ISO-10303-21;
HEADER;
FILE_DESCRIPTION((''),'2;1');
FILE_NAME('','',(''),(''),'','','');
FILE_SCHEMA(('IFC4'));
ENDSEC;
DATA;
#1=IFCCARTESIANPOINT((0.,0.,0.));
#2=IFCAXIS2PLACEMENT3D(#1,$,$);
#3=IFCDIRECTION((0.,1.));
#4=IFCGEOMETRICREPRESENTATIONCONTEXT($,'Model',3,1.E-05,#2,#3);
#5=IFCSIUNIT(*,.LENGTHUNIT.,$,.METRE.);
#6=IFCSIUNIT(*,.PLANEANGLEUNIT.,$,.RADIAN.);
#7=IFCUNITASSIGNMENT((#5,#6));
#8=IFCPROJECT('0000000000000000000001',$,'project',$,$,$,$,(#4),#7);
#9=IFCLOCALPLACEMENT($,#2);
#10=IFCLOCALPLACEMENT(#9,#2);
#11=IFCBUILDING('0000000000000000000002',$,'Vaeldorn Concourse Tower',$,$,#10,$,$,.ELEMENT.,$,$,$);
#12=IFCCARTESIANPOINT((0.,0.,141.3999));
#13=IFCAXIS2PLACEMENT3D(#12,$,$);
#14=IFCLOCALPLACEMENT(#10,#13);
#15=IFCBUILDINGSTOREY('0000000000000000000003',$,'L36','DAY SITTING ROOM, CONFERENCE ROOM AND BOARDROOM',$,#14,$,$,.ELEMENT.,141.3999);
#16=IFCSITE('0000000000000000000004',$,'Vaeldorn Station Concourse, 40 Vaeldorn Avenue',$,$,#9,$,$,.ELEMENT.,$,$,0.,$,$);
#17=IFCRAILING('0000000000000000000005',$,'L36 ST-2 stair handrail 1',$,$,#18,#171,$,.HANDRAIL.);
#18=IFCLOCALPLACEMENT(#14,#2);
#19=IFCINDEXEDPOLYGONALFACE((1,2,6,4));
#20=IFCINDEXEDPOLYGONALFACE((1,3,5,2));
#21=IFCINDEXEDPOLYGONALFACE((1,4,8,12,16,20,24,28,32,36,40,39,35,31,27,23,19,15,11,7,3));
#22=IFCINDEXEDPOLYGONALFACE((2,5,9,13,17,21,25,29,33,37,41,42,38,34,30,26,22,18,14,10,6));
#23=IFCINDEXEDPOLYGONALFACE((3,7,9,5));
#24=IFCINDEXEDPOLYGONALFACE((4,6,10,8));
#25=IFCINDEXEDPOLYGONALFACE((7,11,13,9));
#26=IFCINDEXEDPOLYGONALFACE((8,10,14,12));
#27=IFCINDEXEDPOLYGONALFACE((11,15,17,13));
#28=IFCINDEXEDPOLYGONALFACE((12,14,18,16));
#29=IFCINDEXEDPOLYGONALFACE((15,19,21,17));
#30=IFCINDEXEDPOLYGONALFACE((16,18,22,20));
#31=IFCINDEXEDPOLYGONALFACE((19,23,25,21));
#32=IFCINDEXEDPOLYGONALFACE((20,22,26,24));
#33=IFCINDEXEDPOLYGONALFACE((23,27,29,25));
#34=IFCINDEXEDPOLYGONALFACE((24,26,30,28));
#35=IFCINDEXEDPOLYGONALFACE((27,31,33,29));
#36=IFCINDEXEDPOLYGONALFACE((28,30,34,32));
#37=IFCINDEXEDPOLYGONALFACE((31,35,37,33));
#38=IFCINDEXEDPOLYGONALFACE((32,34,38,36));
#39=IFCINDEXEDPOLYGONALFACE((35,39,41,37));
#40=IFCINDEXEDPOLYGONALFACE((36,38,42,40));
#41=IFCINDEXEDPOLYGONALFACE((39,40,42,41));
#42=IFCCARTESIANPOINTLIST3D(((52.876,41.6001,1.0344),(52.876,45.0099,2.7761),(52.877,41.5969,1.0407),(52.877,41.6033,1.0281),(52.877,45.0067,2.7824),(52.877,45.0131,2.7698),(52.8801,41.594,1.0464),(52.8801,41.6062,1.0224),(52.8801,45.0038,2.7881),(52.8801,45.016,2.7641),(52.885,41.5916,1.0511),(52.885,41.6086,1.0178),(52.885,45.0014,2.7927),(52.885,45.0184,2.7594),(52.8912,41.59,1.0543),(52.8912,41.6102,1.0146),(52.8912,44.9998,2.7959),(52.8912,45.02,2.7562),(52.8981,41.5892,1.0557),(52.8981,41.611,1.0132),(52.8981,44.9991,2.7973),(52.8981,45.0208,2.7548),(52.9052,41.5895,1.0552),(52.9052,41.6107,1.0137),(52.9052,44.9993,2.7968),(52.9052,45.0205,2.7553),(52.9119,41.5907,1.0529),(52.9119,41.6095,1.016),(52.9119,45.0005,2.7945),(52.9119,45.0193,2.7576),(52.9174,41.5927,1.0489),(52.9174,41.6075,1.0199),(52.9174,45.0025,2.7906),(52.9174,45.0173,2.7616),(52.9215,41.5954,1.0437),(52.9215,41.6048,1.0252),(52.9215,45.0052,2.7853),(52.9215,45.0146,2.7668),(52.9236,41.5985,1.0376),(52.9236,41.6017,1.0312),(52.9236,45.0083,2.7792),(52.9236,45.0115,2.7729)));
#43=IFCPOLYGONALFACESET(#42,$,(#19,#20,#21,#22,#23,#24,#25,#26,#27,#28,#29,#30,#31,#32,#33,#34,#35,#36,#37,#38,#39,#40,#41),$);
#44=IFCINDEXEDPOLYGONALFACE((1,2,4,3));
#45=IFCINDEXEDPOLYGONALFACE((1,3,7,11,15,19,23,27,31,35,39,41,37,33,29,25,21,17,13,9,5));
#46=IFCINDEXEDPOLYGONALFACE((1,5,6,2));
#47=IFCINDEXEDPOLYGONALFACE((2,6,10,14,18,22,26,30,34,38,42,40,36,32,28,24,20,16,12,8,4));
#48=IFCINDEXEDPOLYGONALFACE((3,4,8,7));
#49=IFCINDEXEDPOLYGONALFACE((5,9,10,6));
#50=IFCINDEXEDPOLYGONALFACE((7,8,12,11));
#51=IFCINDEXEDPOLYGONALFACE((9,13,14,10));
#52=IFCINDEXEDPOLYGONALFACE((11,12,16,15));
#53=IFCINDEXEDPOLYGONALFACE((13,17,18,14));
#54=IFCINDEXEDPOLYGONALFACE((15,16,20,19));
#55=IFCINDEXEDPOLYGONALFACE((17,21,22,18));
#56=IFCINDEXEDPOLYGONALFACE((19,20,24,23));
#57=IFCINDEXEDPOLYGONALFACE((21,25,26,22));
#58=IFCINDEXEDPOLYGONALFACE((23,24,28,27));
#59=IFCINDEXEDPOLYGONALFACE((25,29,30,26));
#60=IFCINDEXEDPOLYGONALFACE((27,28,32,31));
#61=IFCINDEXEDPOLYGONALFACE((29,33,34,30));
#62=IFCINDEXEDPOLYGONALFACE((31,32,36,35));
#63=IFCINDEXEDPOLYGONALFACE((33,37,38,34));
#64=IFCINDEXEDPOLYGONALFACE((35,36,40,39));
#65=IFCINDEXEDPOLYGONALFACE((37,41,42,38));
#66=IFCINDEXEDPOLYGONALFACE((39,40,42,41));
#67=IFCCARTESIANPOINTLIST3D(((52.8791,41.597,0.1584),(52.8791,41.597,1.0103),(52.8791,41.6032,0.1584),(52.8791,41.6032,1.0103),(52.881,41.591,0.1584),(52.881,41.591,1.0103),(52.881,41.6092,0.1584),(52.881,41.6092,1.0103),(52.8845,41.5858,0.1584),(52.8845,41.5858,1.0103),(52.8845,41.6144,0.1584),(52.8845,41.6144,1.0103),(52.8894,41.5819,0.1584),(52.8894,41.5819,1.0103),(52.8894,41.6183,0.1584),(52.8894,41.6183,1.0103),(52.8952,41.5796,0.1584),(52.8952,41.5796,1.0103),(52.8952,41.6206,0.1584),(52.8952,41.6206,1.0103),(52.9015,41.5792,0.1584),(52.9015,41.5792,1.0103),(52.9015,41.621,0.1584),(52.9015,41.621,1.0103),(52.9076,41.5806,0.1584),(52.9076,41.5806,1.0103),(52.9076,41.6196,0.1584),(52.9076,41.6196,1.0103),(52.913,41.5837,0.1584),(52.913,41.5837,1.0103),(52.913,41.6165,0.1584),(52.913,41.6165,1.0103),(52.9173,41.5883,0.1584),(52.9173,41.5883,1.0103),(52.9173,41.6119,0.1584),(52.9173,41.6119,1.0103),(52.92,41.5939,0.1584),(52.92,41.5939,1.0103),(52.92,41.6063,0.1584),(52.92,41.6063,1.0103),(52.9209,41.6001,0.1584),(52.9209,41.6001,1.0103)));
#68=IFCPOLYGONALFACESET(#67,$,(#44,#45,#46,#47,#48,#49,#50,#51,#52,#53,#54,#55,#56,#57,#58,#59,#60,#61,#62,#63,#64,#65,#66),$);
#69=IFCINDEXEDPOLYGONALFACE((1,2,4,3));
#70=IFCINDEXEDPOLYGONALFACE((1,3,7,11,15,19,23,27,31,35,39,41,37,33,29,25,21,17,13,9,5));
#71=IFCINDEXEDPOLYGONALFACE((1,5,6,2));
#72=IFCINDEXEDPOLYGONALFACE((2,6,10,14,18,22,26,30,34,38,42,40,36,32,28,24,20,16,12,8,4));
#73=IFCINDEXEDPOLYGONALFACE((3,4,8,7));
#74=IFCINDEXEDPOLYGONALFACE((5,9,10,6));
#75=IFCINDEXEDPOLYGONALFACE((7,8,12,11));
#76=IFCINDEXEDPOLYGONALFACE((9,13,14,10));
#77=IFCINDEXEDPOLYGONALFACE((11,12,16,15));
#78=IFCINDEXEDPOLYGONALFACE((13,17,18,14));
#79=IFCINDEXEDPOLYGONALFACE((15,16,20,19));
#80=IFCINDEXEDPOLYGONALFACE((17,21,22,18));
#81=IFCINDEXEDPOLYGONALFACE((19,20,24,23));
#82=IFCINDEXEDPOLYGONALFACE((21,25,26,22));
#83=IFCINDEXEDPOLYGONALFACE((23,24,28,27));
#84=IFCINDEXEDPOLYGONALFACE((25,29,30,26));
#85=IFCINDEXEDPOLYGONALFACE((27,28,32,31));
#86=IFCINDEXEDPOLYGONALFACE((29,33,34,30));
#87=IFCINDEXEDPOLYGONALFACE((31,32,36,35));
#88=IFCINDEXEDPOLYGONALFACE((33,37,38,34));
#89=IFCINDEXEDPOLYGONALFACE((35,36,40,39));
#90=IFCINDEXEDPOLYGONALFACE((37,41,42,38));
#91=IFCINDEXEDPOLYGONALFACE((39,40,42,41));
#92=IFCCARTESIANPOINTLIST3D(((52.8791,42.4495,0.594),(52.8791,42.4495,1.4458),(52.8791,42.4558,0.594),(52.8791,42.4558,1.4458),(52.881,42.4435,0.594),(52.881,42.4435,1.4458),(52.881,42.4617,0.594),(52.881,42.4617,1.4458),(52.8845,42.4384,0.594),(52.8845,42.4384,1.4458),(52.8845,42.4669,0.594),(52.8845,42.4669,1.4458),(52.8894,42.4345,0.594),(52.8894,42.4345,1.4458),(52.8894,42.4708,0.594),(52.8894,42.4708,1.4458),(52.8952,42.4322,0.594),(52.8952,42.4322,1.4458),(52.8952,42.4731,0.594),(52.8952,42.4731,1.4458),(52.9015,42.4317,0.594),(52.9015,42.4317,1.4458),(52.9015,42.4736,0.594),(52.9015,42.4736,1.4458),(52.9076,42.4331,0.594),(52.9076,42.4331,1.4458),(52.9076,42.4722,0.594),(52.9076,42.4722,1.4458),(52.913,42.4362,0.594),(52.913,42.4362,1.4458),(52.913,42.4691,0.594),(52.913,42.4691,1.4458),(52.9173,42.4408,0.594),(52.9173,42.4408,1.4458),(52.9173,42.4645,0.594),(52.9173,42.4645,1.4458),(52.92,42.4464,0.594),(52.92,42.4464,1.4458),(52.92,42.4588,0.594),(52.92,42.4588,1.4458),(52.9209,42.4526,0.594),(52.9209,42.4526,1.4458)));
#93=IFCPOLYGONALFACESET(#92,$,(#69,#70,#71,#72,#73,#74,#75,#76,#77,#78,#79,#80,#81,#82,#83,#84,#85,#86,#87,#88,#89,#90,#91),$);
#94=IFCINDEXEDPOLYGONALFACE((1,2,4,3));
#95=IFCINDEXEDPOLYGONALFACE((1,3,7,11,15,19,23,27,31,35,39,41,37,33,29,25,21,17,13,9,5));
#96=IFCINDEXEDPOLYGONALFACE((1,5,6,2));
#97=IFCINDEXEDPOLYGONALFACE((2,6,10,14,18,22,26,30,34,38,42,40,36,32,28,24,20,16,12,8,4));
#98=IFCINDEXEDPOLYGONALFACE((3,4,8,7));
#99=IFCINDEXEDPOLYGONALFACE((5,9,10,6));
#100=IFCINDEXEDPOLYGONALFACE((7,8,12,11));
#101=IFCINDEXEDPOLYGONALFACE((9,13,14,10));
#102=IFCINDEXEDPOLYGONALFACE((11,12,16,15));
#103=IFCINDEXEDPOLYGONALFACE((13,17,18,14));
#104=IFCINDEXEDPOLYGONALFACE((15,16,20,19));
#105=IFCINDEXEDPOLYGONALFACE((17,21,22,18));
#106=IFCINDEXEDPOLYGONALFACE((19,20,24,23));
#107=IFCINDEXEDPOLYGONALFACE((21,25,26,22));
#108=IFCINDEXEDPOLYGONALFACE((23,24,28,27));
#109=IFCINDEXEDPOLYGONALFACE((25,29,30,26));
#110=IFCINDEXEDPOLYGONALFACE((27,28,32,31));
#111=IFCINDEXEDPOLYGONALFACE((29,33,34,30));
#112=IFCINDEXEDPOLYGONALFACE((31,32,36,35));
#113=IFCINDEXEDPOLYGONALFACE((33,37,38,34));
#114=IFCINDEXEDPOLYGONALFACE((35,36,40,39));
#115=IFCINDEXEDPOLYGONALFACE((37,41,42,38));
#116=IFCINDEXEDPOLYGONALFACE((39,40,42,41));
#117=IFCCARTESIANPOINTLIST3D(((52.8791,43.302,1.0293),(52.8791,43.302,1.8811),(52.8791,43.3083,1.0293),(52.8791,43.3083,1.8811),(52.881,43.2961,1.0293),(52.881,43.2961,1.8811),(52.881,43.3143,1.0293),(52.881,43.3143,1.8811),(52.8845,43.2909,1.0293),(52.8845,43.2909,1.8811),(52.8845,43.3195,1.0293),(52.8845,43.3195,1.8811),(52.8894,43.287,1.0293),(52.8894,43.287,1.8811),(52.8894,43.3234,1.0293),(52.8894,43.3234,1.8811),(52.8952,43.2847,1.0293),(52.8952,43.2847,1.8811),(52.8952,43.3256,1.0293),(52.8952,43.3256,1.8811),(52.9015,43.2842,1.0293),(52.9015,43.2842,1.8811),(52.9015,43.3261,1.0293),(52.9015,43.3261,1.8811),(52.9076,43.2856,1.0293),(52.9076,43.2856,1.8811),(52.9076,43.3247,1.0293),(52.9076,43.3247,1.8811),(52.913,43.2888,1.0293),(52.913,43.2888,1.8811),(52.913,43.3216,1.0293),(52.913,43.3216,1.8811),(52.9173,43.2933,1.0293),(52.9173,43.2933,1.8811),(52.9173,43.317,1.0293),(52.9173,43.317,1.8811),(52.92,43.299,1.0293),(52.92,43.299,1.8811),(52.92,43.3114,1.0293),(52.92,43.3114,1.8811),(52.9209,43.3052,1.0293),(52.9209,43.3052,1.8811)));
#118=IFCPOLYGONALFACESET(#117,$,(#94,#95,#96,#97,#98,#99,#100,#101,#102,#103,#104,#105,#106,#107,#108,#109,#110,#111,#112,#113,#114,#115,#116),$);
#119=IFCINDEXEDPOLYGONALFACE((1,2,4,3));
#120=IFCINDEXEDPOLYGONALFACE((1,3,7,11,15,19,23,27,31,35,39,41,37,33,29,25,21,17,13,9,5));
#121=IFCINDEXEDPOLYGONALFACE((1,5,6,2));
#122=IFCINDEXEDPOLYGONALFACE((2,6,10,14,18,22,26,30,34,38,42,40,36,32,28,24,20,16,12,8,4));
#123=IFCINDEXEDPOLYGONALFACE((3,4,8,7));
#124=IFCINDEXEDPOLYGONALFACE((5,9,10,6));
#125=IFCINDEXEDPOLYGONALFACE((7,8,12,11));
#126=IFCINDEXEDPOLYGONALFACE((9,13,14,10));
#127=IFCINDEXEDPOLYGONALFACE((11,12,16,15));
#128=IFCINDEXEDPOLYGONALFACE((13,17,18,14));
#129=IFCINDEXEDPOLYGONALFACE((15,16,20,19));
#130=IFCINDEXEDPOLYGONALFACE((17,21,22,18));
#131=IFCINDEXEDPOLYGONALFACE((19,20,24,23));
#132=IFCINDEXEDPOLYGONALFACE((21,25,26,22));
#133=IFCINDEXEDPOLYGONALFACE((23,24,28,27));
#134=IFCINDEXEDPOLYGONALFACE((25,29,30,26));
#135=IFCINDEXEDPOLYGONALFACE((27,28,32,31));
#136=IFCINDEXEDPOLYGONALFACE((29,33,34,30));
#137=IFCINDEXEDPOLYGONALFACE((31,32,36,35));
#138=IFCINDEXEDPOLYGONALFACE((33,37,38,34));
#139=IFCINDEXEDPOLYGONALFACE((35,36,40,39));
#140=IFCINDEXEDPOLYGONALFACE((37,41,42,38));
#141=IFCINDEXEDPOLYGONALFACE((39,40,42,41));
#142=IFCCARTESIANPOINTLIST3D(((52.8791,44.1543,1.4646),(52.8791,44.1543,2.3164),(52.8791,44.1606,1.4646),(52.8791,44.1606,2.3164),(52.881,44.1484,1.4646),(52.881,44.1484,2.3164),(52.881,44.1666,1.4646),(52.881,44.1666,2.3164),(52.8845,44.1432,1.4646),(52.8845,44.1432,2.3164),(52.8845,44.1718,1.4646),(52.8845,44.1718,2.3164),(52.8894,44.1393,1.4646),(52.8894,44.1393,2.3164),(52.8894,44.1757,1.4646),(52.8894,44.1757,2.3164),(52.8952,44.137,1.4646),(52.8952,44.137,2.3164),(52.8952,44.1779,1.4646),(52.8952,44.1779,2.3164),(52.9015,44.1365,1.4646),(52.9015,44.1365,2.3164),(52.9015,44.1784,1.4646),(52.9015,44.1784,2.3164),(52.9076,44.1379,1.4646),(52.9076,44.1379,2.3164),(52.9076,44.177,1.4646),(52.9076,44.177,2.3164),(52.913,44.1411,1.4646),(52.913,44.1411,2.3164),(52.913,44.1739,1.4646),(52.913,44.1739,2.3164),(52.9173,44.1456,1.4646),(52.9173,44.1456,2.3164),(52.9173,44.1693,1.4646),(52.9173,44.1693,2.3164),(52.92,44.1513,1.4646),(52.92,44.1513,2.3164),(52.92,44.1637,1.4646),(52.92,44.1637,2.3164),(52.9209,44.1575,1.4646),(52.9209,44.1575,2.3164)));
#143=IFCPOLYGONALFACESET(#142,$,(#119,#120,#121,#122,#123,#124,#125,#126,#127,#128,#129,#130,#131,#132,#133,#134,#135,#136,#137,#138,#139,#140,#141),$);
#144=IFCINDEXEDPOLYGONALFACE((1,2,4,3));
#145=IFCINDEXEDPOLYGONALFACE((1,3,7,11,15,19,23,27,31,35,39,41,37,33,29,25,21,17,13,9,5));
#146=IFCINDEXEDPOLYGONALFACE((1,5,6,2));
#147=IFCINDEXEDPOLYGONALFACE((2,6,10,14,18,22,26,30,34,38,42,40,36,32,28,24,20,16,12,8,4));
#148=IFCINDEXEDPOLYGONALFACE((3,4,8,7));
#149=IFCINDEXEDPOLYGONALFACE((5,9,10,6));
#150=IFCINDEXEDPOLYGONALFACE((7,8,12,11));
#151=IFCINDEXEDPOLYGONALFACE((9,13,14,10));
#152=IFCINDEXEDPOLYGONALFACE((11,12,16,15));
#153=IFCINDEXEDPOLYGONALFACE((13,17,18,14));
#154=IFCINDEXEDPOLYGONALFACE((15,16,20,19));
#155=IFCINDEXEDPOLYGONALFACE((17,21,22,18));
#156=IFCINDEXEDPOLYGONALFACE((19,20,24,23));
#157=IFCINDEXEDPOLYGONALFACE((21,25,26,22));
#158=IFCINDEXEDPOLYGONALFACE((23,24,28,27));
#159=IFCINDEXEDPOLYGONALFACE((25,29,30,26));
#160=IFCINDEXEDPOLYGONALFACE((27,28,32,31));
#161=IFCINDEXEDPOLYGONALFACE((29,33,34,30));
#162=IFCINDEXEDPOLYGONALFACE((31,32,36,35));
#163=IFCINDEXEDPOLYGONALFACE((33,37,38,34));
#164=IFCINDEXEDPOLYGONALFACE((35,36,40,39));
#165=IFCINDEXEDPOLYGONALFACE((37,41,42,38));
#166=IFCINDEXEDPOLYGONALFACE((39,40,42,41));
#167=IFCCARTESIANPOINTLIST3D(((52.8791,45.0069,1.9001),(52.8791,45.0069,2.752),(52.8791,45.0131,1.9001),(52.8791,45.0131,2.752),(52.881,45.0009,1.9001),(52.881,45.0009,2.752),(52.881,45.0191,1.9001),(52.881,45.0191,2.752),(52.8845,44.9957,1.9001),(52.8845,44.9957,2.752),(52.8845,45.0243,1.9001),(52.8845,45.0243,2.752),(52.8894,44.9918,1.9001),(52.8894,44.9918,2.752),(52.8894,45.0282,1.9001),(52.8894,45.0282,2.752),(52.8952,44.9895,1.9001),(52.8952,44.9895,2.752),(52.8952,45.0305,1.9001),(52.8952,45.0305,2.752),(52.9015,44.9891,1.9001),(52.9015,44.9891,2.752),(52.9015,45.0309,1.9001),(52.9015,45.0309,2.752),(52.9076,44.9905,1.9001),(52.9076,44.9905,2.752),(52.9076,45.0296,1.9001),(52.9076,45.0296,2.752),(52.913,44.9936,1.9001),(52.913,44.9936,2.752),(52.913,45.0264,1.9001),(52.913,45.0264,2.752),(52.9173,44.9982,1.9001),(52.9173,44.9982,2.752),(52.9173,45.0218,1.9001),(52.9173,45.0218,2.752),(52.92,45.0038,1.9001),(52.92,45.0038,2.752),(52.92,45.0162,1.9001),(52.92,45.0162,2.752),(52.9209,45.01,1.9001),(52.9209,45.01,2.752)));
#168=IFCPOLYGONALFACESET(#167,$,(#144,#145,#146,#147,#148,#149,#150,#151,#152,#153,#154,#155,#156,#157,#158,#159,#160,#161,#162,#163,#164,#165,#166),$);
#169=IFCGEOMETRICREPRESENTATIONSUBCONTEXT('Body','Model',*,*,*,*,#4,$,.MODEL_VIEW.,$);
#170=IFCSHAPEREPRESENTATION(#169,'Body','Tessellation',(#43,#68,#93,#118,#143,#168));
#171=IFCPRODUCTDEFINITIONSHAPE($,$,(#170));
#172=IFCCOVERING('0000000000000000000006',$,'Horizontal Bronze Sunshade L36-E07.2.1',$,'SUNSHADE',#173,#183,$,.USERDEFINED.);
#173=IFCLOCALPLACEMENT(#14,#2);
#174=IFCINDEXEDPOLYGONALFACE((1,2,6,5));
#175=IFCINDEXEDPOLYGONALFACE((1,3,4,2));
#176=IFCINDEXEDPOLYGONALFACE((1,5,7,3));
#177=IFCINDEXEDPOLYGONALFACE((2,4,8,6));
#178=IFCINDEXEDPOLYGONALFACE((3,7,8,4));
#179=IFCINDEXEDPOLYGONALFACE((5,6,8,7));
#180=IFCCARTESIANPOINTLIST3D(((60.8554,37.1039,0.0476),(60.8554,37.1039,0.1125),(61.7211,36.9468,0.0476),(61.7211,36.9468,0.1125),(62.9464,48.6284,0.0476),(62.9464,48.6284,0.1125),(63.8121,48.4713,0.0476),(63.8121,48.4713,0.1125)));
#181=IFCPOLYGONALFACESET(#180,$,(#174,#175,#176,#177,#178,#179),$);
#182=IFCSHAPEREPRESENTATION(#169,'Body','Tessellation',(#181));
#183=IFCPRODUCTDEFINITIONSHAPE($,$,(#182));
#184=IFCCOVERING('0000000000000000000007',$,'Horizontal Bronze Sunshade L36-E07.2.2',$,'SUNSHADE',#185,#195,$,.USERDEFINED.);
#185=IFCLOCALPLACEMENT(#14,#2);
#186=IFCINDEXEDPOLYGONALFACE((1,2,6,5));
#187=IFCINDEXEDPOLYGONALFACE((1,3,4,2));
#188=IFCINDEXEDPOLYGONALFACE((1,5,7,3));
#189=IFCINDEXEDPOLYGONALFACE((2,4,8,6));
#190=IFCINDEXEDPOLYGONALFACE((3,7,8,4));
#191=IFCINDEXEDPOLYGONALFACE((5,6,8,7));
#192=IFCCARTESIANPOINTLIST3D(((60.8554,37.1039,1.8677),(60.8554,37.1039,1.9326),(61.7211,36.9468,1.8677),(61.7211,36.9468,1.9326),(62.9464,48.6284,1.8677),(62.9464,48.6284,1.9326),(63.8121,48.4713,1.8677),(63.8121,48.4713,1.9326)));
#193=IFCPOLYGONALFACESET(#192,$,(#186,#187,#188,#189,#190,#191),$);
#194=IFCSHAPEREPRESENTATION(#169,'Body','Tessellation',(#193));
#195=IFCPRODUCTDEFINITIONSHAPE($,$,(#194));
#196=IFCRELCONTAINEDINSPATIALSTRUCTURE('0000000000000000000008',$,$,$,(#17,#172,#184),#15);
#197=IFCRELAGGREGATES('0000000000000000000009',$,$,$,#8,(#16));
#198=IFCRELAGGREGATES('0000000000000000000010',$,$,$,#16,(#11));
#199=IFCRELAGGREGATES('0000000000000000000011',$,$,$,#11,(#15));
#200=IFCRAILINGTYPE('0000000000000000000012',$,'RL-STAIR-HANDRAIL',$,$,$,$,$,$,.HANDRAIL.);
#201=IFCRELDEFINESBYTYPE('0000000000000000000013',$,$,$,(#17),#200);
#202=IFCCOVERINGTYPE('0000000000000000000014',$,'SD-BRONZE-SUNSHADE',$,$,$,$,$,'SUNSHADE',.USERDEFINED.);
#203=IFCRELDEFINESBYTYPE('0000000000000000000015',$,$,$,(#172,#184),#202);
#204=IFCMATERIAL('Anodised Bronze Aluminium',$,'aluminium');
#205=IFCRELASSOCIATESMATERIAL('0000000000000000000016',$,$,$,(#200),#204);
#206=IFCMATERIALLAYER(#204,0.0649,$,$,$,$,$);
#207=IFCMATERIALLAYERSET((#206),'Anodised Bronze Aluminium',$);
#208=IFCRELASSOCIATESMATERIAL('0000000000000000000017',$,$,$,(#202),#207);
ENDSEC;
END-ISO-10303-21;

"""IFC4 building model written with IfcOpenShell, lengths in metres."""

from ifc_helpers import new_model, si_unit, direction, frame, origin, origin_2d, place, context, subcontext, project, spatial, rectangle, circle, extrude, source, transform, mapped, material, layer, layer_set, type_object, element, save


model = new_model("IFC4")

# Units and contexts
model_context = context("Model", 3, precision=1e-05, world=origin(), true_north=direction((0.0, 1.0)))
body_context = subcontext(model_context, "Body", "Model", "MODEL_VIEW")
ifc_project = project(units=[si_unit("LENGTHUNIT", "METRE"), si_unit("PLANEANGLEUNIT", "RADIAN")], contexts=[model_context])

# Site, building, storey
site_placement = place(None, origin())
site = spatial("IfcSite", under=ifc_project, at=site_placement, Name="Vaeldorn Station Concourse, 40 Vaeldorn Avenue", CompositionType="ELEMENT", RefElevation=0.0)
building_placement = place(site_placement, origin())
building = spatial("IfcBuilding", under=site, at=building_placement, Name="Vaeldorn Concourse Tower", CompositionType="ELEMENT")
storey_placement = place(building_placement, frame((0.0, 0.0, 141.3999)))
storey = spatial("IfcBuildingStorey", under=building, at=storey_placement, Name="L36", Description="DAY SITTING ROOM, CONFERENCE ROOM AND BOARDROOM", CompositionType="ELEMENT", Elevation=141.3999)

# Shared definitions
ifc_material_1 = material(Name="Anodised Bronze Aluminium", Category="aluminium")

# Railing
railing_type_1 = type_object("IfcRailingType", Name="RL-STAIR-HANDRAIL", PredefinedType="HANDRAIL", material=ifc_material_1)
railing_1_placement = place(storey_placement, frame((52.8999, 41.6001, 0.1584)))
element("IfcRailing", 1, at=railing_1_placement, inside=storey, type_object=railing_type_1, Name="L36 ST-2 stair handrail 1", PredefinedType="HANDRAIL", context=body_context, shape_type="SweptSolid", body=[
    extrude(circle(Radius=0.0239, at=origin_2d()), frame((0.0, 0.0, 0.876), z_axis=(0.0, 0.890556, 0.454874), x_axis=(-1.0, 0.0, 0.0)), (0.0, 0.0, 1.0), 3.8289),
    extrude(circle(Radius=0.021, at=origin_2d()), origin(), (0.0, 0.0, 1.0), 0.8518),
    extrude(circle(Radius=0.021, at=origin_2d()), frame((0.0, 0.8525, 0.4355)), (0.0, 0.0, 1.0), 0.8518),
    extrude(circle(Radius=0.021, at=origin_2d()), frame((0.0, 1.7051, 0.8708)), (0.0, 0.0, 1.0), 0.8518),
    extrude(circle(Radius=0.021, at=origin_2d()), frame((0.0, 2.5574, 1.3062)), (0.0, 0.0, 1.0), 0.8518),
    extrude(circle(Radius=0.021, at=origin_2d()), frame((0.0, 3.4099, 1.7417)), (0.0, 0.0, 1.0), 0.8518),
])

# Coverings
ifc_layer_1 = layer(ifc_material_1, 0.0649)
ifc_layer_set_1 = layer_set([ifc_layer_1], Name="Anodised Bronze Aluminium")
covering_type = type_object("IfcCoveringType", Name="SD-BRONZE-SUNSHADE", ElementType="SUNSHADE", PredefinedType="USERDEFINED", material=ifc_layer_set_1)
shared_shape_1 = source(origin(), body_context, "Body", "SweptSolid", [
    extrude(rectangle(XDim=11.7126, YDim=0.8799, at=origin_2d()), origin(), (0.0, 0.0, 1.0), 0.0649),
])
for number, where, z_axis, x_axis, name in (
    (2, (62.3337, 42.7876, 0.0476), (0.0, 0.0, 1.0), (0.178527, 0.983935, 0.0), "Horizontal Bronze Sunshade L36-E07.2.1"),
    (3, (62.3337, 42.7876, 1.8677), (0.0, 0.0, 1.0), (0.178527, 0.983935, 0.0), "Horizontal Bronze Sunshade L36-E07.2.2"),
):
    element("IfcCovering", number, at=place(storey_placement, frame(where, z_axis=z_axis, x_axis=x_axis)), inside=storey, type_object=covering_type, Name=name, ObjectType="SUNSHADE", PredefinedType="USERDEFINED", context=body_context, shape_type="MappedRepresentation", body=[
        mapped(shared_shape_1, transform((0.0, 0.0, 0.0), scale=1.0)),
    ])

save(model, "model.ifc")
